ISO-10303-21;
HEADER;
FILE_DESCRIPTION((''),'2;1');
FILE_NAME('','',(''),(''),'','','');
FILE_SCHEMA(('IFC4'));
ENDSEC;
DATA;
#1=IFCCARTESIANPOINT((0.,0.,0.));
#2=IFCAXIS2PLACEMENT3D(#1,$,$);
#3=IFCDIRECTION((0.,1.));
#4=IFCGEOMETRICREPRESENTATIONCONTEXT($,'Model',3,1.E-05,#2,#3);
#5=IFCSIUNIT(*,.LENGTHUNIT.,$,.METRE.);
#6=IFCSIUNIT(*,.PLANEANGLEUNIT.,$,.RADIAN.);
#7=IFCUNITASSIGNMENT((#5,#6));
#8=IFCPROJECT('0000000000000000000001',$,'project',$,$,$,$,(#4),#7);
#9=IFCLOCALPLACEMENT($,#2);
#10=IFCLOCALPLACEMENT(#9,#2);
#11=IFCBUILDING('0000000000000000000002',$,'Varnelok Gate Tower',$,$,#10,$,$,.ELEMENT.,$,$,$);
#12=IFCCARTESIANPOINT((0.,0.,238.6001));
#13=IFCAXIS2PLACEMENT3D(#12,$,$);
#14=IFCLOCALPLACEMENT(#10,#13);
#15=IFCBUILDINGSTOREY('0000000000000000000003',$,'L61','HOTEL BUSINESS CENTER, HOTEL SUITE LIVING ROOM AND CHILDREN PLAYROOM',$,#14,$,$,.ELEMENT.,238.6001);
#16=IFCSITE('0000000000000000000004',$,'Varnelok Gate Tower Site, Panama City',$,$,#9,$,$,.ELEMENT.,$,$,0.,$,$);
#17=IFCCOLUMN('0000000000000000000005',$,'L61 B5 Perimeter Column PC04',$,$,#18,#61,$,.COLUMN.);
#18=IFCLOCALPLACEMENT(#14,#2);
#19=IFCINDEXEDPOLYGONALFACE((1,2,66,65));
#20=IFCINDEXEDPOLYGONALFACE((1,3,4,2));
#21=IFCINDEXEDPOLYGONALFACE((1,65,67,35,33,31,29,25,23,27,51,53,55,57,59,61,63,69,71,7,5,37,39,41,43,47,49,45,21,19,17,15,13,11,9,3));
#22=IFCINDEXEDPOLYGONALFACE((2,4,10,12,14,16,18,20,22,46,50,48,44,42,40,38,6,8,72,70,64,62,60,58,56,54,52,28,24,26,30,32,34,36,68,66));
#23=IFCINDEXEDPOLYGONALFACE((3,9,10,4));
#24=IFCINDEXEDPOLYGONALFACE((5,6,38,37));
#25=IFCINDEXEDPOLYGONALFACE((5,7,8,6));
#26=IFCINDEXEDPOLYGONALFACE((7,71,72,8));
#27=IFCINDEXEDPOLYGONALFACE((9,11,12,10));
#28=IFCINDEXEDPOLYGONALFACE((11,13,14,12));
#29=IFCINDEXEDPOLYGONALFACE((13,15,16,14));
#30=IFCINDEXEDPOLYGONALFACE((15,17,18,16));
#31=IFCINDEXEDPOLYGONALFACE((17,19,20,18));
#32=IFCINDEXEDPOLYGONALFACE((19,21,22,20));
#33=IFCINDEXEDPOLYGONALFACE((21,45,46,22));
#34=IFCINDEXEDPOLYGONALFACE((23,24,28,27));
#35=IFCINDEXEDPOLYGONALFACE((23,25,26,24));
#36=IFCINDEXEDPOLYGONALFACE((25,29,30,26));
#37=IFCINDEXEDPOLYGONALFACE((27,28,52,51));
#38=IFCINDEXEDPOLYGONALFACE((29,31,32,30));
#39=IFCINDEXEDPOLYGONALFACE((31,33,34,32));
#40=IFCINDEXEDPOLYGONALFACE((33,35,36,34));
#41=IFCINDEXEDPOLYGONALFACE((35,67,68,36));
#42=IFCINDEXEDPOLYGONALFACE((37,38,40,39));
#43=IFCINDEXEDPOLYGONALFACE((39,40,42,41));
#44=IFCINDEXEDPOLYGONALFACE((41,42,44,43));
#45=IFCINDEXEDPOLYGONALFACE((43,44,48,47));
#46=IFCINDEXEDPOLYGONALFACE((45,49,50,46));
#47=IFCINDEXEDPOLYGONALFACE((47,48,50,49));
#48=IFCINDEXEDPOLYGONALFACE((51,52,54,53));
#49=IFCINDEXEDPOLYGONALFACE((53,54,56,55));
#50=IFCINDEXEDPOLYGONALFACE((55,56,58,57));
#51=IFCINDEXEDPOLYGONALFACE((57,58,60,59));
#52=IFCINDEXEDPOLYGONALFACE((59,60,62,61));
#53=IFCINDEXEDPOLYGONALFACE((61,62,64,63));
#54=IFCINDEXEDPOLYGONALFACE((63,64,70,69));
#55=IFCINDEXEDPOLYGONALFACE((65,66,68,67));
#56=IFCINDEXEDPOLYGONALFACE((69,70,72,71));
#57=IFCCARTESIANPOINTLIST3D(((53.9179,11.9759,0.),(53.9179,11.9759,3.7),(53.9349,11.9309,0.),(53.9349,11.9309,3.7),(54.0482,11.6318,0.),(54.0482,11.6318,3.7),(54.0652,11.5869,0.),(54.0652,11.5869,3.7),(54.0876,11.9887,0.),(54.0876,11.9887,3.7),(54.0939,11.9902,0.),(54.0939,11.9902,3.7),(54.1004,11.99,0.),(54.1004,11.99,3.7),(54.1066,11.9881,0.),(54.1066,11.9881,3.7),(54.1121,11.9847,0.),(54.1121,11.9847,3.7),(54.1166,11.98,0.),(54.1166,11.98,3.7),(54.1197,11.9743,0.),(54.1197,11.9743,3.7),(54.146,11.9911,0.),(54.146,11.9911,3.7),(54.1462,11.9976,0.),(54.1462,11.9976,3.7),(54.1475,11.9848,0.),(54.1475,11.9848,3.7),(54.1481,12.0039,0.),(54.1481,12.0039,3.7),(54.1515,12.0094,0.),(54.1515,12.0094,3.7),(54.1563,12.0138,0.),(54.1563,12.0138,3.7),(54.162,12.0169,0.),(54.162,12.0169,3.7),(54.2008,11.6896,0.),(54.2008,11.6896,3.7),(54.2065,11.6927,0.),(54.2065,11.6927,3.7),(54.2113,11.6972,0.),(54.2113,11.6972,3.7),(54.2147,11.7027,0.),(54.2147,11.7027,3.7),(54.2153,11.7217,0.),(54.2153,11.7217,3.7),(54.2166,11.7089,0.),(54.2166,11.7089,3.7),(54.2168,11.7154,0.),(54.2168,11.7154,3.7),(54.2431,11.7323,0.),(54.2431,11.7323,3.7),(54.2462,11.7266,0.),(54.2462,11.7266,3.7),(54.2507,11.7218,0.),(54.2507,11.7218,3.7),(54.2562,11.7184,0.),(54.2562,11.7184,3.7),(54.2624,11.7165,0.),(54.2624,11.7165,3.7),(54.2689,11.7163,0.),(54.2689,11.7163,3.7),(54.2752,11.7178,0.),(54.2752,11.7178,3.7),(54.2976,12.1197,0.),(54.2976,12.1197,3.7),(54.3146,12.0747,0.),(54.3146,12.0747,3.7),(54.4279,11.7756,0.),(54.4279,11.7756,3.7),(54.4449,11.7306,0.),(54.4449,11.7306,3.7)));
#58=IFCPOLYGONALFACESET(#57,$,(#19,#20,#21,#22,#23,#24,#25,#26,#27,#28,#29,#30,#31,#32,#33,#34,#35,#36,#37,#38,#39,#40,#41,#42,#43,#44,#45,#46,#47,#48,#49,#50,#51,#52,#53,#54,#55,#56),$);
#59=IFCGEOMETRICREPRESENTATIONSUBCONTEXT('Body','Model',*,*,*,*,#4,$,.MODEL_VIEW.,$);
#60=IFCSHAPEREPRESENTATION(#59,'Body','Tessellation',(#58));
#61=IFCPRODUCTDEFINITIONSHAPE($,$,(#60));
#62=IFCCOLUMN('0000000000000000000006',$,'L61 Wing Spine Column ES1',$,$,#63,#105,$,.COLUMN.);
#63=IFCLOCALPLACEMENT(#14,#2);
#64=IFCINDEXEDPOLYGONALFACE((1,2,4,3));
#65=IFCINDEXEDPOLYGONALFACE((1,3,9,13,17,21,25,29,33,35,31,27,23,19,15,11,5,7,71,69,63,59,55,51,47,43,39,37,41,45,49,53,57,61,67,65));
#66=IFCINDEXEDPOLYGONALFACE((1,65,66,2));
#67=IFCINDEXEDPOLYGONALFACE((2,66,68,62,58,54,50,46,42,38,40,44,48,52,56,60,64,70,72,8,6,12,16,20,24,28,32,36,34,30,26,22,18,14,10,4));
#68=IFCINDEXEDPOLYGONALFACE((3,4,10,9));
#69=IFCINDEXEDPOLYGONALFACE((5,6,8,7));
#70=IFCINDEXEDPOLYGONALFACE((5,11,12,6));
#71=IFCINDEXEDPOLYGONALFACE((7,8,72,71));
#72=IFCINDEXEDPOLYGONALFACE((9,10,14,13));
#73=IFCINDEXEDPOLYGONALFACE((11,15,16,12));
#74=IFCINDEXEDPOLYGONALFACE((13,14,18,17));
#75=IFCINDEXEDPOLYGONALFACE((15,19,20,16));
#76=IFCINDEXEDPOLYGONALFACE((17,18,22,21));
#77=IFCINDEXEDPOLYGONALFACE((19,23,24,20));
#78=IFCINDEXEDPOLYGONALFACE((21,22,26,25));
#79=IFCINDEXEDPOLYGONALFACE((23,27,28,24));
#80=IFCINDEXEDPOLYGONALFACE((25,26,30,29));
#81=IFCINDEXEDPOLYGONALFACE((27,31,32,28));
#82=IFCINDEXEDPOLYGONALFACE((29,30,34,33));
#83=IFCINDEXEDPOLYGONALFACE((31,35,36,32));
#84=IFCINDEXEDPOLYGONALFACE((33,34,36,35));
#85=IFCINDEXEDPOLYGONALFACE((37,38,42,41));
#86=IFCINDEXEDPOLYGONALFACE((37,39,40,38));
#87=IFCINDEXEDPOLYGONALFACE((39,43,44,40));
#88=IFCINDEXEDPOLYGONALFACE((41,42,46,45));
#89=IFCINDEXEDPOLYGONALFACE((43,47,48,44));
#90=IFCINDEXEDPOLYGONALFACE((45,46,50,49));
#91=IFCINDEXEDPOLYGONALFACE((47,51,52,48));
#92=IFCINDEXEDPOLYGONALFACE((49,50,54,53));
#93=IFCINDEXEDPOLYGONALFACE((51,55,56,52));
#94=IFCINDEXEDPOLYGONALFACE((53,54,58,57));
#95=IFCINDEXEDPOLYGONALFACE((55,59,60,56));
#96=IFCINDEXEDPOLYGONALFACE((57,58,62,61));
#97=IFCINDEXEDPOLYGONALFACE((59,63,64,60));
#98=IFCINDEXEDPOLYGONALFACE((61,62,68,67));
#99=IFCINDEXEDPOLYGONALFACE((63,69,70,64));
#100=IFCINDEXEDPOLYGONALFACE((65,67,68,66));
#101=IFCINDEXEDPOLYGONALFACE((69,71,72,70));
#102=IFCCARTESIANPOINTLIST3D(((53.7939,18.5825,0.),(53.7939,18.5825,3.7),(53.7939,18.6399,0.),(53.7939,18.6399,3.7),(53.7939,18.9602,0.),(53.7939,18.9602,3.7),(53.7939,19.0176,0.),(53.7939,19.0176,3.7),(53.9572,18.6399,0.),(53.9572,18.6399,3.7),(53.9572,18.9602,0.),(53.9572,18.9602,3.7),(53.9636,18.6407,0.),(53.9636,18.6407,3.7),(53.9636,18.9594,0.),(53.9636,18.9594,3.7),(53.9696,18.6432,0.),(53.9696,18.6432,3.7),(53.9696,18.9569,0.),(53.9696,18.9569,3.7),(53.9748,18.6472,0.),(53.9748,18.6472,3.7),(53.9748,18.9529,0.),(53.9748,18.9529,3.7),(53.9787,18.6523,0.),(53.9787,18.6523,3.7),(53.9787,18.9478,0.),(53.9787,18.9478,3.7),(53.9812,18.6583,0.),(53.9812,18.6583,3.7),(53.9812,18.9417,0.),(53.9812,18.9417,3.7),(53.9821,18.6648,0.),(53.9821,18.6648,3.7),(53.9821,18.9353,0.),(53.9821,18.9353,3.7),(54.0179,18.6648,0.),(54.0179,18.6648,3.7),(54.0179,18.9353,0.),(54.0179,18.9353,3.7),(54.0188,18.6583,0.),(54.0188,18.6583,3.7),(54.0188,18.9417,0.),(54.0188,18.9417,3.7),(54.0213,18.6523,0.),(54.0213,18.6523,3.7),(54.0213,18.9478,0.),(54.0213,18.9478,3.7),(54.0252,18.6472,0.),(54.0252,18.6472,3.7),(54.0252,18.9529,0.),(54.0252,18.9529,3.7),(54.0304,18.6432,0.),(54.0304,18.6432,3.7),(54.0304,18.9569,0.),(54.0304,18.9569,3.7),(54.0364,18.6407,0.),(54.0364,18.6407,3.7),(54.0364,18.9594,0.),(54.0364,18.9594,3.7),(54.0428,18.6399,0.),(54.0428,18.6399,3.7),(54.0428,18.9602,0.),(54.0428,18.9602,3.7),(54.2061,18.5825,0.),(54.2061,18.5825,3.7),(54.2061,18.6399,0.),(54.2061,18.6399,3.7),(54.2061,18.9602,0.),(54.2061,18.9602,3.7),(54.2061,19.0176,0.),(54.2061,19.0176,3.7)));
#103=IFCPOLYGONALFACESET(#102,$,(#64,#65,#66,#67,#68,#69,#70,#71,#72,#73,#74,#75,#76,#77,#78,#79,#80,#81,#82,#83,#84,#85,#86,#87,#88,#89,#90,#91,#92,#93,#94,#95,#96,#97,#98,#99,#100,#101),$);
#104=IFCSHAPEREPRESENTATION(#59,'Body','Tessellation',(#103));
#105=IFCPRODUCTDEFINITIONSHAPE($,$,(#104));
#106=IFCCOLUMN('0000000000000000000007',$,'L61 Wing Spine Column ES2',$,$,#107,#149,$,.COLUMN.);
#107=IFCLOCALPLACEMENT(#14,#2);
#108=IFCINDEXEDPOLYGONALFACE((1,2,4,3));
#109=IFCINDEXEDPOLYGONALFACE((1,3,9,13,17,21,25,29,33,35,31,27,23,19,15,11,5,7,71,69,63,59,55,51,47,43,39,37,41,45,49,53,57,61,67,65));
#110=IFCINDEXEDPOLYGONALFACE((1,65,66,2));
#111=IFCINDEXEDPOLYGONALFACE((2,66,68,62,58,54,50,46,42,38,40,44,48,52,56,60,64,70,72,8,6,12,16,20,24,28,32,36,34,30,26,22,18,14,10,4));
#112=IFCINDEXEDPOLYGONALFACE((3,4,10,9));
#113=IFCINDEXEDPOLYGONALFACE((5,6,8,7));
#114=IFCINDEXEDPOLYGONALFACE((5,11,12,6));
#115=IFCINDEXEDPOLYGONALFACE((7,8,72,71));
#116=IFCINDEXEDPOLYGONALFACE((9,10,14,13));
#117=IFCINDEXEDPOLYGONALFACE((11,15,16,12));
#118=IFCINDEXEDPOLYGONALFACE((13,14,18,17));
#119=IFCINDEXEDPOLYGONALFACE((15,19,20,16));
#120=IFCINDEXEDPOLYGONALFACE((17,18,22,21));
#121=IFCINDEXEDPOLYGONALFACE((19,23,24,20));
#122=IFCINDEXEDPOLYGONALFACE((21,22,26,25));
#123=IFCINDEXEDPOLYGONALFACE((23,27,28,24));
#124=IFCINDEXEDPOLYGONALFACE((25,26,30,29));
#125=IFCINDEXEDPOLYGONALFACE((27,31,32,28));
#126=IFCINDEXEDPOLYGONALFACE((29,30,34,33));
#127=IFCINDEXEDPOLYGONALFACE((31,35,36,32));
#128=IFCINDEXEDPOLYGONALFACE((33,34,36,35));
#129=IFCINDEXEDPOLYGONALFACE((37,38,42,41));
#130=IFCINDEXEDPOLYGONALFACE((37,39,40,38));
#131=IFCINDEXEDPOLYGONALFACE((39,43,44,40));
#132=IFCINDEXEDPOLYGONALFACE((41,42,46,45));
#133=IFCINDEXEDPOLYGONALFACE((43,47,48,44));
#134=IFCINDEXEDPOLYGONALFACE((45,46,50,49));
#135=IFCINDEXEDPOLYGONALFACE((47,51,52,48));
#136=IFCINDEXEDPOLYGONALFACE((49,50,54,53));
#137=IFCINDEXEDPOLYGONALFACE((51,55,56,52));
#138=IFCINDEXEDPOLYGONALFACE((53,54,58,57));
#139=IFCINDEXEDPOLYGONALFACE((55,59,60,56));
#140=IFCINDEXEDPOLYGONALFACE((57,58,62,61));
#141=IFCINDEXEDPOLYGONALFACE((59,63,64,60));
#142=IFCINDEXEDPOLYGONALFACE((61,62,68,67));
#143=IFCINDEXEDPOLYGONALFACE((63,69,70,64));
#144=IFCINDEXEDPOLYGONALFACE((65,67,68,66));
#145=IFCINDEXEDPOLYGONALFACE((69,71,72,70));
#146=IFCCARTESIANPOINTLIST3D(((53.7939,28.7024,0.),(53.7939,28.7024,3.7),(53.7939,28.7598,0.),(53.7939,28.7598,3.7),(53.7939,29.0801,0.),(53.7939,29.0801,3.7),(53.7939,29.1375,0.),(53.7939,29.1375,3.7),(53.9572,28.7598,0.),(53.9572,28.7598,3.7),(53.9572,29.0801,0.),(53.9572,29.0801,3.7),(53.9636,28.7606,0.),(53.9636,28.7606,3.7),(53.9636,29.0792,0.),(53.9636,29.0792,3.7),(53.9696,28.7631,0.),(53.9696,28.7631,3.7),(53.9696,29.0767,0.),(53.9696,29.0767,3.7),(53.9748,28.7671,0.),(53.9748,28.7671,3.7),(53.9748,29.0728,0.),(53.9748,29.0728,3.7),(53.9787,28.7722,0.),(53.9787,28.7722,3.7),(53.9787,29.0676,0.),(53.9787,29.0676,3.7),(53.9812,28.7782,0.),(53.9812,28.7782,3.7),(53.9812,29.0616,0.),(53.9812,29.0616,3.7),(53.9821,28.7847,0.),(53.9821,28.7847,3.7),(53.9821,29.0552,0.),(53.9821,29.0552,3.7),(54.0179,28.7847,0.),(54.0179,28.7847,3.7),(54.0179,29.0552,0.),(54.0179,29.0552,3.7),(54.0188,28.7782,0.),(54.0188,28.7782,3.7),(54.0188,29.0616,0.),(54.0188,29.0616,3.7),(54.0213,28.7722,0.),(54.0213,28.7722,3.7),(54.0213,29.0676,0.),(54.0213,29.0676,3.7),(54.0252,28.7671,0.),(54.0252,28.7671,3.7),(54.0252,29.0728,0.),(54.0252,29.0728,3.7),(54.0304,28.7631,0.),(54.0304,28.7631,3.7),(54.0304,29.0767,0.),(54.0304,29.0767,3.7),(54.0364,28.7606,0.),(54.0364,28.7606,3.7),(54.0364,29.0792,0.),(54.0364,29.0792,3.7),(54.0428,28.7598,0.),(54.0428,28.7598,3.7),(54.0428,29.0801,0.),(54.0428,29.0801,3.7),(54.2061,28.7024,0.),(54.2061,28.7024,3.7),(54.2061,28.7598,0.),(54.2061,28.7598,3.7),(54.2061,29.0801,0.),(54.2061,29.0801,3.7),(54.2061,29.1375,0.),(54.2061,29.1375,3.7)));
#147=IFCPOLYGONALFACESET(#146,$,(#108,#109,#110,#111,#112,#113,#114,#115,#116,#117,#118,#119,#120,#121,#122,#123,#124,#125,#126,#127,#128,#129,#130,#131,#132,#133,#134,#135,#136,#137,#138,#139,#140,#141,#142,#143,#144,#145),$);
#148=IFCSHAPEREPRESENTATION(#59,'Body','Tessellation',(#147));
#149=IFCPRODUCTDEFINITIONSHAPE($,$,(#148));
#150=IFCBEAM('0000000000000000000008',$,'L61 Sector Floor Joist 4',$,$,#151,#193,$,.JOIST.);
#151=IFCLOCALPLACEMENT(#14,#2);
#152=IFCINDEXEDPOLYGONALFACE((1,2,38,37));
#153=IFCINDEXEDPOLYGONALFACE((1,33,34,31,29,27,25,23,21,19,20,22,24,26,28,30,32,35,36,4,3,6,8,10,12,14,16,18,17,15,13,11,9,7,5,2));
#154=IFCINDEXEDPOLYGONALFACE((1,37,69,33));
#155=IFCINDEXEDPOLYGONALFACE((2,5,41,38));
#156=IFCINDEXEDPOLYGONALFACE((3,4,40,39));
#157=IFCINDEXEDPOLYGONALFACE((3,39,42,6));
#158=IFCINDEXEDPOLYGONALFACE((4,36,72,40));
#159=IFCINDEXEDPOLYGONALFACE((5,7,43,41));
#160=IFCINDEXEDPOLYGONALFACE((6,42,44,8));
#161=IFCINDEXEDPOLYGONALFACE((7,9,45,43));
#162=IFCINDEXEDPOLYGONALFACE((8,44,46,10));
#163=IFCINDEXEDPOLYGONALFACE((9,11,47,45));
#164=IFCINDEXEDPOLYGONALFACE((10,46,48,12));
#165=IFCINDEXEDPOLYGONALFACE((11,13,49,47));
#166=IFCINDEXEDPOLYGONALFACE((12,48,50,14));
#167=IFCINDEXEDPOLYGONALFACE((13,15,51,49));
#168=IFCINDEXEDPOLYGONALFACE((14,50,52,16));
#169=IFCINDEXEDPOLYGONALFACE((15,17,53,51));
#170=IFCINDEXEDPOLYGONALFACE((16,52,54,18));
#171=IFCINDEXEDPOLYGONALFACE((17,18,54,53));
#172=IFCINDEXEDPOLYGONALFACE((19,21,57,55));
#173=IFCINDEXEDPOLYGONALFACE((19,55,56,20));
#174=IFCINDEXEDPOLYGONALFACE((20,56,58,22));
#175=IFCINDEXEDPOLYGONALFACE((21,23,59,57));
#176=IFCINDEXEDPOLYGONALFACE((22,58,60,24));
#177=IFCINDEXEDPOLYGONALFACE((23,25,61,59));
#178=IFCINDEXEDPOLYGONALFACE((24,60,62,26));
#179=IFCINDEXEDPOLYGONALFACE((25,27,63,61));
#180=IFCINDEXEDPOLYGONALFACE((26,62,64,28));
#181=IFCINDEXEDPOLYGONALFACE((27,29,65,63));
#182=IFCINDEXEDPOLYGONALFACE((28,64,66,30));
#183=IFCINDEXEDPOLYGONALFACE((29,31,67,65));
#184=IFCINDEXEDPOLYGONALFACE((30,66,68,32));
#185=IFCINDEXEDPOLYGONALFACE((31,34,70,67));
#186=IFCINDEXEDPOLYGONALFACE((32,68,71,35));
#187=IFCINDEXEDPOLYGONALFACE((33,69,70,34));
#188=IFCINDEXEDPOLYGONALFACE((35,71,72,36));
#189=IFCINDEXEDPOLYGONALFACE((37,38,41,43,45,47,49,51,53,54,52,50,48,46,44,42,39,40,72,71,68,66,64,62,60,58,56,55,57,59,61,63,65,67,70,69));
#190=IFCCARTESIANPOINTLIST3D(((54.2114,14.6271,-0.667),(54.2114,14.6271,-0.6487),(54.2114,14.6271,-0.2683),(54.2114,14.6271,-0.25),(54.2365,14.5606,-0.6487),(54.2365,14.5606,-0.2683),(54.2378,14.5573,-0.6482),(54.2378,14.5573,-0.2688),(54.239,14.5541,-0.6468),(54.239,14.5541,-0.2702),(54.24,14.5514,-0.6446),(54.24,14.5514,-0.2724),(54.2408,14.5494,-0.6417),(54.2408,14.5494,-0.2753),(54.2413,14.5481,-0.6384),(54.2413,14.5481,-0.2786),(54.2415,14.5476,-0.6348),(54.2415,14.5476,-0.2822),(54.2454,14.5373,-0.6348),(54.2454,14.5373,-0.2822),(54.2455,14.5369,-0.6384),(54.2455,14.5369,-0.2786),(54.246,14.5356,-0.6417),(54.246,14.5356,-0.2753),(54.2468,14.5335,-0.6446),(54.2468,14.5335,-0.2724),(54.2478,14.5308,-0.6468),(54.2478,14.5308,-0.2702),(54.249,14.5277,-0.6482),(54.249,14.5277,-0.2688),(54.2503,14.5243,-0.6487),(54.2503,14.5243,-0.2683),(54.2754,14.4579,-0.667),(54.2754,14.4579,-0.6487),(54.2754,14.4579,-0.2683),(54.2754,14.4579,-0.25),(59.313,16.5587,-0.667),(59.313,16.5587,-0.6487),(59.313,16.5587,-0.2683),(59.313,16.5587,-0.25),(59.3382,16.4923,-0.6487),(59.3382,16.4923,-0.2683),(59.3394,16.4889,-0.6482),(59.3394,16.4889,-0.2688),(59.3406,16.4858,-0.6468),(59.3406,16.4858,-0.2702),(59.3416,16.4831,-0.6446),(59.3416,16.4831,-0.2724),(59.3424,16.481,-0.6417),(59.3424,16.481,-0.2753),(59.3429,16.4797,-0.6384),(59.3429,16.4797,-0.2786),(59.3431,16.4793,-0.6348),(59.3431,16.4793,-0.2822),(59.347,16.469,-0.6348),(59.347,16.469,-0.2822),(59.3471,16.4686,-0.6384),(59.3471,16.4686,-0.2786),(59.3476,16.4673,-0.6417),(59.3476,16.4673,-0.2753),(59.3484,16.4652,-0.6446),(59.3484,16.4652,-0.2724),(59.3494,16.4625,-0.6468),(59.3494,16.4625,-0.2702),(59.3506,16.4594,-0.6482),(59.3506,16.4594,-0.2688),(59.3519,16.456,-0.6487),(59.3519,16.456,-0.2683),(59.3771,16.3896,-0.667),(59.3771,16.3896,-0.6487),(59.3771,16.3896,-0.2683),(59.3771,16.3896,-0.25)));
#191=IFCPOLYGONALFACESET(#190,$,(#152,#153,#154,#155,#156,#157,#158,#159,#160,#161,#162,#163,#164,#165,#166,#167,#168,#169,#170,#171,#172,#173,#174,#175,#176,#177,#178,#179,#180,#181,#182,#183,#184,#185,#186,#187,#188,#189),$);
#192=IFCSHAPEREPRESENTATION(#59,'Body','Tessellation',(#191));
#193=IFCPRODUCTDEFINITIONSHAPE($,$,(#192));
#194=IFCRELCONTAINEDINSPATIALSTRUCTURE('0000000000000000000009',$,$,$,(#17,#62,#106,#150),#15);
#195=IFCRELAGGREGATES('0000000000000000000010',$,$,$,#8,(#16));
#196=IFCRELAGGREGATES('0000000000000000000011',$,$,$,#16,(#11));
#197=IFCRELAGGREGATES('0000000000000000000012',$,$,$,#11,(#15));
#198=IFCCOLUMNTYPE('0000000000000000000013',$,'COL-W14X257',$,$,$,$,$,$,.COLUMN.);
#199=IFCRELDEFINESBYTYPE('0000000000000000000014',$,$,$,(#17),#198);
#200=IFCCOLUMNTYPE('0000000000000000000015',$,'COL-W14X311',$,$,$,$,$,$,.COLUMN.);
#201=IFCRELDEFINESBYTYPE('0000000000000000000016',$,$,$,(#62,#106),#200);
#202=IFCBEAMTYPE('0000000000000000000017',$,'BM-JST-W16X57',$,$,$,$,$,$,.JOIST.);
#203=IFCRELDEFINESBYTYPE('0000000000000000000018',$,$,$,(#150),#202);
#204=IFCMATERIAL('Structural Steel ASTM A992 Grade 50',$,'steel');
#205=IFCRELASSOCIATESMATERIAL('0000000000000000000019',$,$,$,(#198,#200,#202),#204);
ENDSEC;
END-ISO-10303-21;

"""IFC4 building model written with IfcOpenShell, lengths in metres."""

from ifc_helpers import new_model, si_unit, direction, frame, origin, origin_2d, place, context, subcontext, project, spatial, i_section, extrude, material, material_profile, profile_set, type_object, element, save


model = new_model("IFC4")

# Units and contexts
model_context = context("Model", 3, precision=1e-05, world=origin(), true_north=direction((0.0, 1.0)))
body_context = subcontext(model_context, "Body", "Model", "MODEL_VIEW")
ifc_project = project(units=[si_unit("LENGTHUNIT", "METRE"), si_unit("PLANEANGLEUNIT", "RADIAN")], contexts=[model_context])

# Site, building, storey
site_placement = place(None, origin())
site = spatial("IfcSite", under=ifc_project, at=site_placement, Name="Varnelok Gate Tower Site, Panama City", CompositionType="ELEMENT", RefElevation=0.0)
building_placement = place(site_placement, origin())
building = spatial("IfcBuilding", under=site, at=building_placement, Name="Varnelok Gate Tower", CompositionType="ELEMENT")
storey_placement = place(building_placement, frame((0.0, 0.0, 238.6001)))
storey = spatial("IfcBuildingStorey", under=building, at=storey_placement, Name="L61", Description="HOTEL BUSINESS CENTER, HOTEL SUITE LIVING ROOM AND CHILDREN PLAYROOM", CompositionType="ELEMENT", Elevation=238.6001)

# Columns
ifc_material_1 = material(Name="Structural Steel ASTM A992 Grade 50", Category="steel")
ifc_material_profile_1 = material_profile(ifc_material_1, i_section(OverallWidth=0.406, OverallDepth=0.416, WebThickness=0.0298, FlangeThickness=0.0481, FilletRadius=0.0249, at=origin_2d()), Name="W14X257")
ifc_profile_set_1 = profile_set([ifc_material_profile_1], Name="Structural Steel ASTM A992 Grade 50")
column_type_1 = type_object("IfcColumnType", Name="COL-W14X257", PredefinedType="COLUMN", material=ifc_profile_set_1)
column_placement = place(storey_placement, frame((54.1814, 11.8533, 0.0), z_axis=(0.0, 0.0, 1.0), x_axis=(0.935222, 0.354063, 0.0)))
element("IfcColumn", 1, at=column_placement, inside=storey, type_object=column_type_1, Name="L61 B5 Perimeter Column PC04", PredefinedType="COLUMN", context=body_context, shape_type="SweptSolid", body=[
    extrude(i_section(OverallWidth=0.406, OverallDepth=0.416, WebThickness=0.0298, FlangeThickness=0.0481, FilletRadius=0.0249, at=origin_2d()), origin(), (0.0, 0.0, 1.0), 3.7),
])
ifc_material_profile_2 = material_profile(ifc_material_1, i_section(OverallWidth=0.4121, OverallDepth=0.4351, WebThickness=0.0359, FlangeThickness=0.0574, FilletRadius=0.0249, at=origin_2d()), Name="W14X311")
ifc_profile_set_2 = profile_set([ifc_material_profile_2], Name="Structural Steel ASTM A992 Grade 50")
column_type_2 = type_object("IfcColumnType", Name="COL-W14X311", PredefinedType="COLUMN", material=ifc_profile_set_2)
for number, where, z_axis, x_axis, name in (
    (2, (54.0, 18.8, 0.0), (0.0, 0.0, 1.0), (1.0, 0.0, 0.0), "L61 Wing Spine Column ES1"),
    (3, (54.0, 28.9199, 0.0), (0.0, 0.0, 1.0), (1.0, 0.0, 0.0), "L61 Wing Spine Column ES2"),
):
    element("IfcColumn", number, at=place(storey_placement, frame(where, z_axis=z_axis, x_axis=x_axis)), inside=storey, type_object=column_type_2, Name=name, PredefinedType="COLUMN", context=body_context, shape_type="SweptSolid", body=[
        extrude(i_section(OverallWidth=0.4121, OverallDepth=0.4351, WebThickness=0.0359, FlangeThickness=0.0574, FilletRadius=0.0249, at=origin_2d()), origin(), (0.0, 0.0, 1.0), 3.7),
    ])

# Beam
ifc_material_profile_3 = material_profile(ifc_material_1, i_section(OverallWidth=0.1809, OverallDepth=0.417, WebThickness=0.011, FlangeThickness=0.0183, FilletRadius=0.0139, at=origin_2d()), Name="W16X57")
ifc_profile_set_3 = profile_set([ifc_material_profile_3], Name="Structural Steel ASTM A992 Grade 50")
beam_type_1 = type_object("IfcBeamType", Name="BM-JST-W16X57", PredefinedType="JOIST", material=ifc_profile_set_3)
beam_1_placement = place(storey_placement, frame((54.2434, 14.5425, -0.4585), z_axis=(0.935206, 0.354104, 0.0), x_axis=(-0.354104, 0.935206, 0.0)))
element("IfcBeam", 4, at=beam_1_placement, inside=storey, type_object=beam_type_1, Name="L61 Sector Floor Joist 4", PredefinedType="JOIST", context=body_context, shape_type="SweptSolid", body=[
    extrude(i_section(OverallWidth=0.1809, OverallDepth=0.417, WebThickness=0.011, FlangeThickness=0.0183, FilletRadius=0.0139, at=origin_2d()), origin(), (0.0, 0.0, 1.0), 5.4551),
])

save(model, "model.ifc")
